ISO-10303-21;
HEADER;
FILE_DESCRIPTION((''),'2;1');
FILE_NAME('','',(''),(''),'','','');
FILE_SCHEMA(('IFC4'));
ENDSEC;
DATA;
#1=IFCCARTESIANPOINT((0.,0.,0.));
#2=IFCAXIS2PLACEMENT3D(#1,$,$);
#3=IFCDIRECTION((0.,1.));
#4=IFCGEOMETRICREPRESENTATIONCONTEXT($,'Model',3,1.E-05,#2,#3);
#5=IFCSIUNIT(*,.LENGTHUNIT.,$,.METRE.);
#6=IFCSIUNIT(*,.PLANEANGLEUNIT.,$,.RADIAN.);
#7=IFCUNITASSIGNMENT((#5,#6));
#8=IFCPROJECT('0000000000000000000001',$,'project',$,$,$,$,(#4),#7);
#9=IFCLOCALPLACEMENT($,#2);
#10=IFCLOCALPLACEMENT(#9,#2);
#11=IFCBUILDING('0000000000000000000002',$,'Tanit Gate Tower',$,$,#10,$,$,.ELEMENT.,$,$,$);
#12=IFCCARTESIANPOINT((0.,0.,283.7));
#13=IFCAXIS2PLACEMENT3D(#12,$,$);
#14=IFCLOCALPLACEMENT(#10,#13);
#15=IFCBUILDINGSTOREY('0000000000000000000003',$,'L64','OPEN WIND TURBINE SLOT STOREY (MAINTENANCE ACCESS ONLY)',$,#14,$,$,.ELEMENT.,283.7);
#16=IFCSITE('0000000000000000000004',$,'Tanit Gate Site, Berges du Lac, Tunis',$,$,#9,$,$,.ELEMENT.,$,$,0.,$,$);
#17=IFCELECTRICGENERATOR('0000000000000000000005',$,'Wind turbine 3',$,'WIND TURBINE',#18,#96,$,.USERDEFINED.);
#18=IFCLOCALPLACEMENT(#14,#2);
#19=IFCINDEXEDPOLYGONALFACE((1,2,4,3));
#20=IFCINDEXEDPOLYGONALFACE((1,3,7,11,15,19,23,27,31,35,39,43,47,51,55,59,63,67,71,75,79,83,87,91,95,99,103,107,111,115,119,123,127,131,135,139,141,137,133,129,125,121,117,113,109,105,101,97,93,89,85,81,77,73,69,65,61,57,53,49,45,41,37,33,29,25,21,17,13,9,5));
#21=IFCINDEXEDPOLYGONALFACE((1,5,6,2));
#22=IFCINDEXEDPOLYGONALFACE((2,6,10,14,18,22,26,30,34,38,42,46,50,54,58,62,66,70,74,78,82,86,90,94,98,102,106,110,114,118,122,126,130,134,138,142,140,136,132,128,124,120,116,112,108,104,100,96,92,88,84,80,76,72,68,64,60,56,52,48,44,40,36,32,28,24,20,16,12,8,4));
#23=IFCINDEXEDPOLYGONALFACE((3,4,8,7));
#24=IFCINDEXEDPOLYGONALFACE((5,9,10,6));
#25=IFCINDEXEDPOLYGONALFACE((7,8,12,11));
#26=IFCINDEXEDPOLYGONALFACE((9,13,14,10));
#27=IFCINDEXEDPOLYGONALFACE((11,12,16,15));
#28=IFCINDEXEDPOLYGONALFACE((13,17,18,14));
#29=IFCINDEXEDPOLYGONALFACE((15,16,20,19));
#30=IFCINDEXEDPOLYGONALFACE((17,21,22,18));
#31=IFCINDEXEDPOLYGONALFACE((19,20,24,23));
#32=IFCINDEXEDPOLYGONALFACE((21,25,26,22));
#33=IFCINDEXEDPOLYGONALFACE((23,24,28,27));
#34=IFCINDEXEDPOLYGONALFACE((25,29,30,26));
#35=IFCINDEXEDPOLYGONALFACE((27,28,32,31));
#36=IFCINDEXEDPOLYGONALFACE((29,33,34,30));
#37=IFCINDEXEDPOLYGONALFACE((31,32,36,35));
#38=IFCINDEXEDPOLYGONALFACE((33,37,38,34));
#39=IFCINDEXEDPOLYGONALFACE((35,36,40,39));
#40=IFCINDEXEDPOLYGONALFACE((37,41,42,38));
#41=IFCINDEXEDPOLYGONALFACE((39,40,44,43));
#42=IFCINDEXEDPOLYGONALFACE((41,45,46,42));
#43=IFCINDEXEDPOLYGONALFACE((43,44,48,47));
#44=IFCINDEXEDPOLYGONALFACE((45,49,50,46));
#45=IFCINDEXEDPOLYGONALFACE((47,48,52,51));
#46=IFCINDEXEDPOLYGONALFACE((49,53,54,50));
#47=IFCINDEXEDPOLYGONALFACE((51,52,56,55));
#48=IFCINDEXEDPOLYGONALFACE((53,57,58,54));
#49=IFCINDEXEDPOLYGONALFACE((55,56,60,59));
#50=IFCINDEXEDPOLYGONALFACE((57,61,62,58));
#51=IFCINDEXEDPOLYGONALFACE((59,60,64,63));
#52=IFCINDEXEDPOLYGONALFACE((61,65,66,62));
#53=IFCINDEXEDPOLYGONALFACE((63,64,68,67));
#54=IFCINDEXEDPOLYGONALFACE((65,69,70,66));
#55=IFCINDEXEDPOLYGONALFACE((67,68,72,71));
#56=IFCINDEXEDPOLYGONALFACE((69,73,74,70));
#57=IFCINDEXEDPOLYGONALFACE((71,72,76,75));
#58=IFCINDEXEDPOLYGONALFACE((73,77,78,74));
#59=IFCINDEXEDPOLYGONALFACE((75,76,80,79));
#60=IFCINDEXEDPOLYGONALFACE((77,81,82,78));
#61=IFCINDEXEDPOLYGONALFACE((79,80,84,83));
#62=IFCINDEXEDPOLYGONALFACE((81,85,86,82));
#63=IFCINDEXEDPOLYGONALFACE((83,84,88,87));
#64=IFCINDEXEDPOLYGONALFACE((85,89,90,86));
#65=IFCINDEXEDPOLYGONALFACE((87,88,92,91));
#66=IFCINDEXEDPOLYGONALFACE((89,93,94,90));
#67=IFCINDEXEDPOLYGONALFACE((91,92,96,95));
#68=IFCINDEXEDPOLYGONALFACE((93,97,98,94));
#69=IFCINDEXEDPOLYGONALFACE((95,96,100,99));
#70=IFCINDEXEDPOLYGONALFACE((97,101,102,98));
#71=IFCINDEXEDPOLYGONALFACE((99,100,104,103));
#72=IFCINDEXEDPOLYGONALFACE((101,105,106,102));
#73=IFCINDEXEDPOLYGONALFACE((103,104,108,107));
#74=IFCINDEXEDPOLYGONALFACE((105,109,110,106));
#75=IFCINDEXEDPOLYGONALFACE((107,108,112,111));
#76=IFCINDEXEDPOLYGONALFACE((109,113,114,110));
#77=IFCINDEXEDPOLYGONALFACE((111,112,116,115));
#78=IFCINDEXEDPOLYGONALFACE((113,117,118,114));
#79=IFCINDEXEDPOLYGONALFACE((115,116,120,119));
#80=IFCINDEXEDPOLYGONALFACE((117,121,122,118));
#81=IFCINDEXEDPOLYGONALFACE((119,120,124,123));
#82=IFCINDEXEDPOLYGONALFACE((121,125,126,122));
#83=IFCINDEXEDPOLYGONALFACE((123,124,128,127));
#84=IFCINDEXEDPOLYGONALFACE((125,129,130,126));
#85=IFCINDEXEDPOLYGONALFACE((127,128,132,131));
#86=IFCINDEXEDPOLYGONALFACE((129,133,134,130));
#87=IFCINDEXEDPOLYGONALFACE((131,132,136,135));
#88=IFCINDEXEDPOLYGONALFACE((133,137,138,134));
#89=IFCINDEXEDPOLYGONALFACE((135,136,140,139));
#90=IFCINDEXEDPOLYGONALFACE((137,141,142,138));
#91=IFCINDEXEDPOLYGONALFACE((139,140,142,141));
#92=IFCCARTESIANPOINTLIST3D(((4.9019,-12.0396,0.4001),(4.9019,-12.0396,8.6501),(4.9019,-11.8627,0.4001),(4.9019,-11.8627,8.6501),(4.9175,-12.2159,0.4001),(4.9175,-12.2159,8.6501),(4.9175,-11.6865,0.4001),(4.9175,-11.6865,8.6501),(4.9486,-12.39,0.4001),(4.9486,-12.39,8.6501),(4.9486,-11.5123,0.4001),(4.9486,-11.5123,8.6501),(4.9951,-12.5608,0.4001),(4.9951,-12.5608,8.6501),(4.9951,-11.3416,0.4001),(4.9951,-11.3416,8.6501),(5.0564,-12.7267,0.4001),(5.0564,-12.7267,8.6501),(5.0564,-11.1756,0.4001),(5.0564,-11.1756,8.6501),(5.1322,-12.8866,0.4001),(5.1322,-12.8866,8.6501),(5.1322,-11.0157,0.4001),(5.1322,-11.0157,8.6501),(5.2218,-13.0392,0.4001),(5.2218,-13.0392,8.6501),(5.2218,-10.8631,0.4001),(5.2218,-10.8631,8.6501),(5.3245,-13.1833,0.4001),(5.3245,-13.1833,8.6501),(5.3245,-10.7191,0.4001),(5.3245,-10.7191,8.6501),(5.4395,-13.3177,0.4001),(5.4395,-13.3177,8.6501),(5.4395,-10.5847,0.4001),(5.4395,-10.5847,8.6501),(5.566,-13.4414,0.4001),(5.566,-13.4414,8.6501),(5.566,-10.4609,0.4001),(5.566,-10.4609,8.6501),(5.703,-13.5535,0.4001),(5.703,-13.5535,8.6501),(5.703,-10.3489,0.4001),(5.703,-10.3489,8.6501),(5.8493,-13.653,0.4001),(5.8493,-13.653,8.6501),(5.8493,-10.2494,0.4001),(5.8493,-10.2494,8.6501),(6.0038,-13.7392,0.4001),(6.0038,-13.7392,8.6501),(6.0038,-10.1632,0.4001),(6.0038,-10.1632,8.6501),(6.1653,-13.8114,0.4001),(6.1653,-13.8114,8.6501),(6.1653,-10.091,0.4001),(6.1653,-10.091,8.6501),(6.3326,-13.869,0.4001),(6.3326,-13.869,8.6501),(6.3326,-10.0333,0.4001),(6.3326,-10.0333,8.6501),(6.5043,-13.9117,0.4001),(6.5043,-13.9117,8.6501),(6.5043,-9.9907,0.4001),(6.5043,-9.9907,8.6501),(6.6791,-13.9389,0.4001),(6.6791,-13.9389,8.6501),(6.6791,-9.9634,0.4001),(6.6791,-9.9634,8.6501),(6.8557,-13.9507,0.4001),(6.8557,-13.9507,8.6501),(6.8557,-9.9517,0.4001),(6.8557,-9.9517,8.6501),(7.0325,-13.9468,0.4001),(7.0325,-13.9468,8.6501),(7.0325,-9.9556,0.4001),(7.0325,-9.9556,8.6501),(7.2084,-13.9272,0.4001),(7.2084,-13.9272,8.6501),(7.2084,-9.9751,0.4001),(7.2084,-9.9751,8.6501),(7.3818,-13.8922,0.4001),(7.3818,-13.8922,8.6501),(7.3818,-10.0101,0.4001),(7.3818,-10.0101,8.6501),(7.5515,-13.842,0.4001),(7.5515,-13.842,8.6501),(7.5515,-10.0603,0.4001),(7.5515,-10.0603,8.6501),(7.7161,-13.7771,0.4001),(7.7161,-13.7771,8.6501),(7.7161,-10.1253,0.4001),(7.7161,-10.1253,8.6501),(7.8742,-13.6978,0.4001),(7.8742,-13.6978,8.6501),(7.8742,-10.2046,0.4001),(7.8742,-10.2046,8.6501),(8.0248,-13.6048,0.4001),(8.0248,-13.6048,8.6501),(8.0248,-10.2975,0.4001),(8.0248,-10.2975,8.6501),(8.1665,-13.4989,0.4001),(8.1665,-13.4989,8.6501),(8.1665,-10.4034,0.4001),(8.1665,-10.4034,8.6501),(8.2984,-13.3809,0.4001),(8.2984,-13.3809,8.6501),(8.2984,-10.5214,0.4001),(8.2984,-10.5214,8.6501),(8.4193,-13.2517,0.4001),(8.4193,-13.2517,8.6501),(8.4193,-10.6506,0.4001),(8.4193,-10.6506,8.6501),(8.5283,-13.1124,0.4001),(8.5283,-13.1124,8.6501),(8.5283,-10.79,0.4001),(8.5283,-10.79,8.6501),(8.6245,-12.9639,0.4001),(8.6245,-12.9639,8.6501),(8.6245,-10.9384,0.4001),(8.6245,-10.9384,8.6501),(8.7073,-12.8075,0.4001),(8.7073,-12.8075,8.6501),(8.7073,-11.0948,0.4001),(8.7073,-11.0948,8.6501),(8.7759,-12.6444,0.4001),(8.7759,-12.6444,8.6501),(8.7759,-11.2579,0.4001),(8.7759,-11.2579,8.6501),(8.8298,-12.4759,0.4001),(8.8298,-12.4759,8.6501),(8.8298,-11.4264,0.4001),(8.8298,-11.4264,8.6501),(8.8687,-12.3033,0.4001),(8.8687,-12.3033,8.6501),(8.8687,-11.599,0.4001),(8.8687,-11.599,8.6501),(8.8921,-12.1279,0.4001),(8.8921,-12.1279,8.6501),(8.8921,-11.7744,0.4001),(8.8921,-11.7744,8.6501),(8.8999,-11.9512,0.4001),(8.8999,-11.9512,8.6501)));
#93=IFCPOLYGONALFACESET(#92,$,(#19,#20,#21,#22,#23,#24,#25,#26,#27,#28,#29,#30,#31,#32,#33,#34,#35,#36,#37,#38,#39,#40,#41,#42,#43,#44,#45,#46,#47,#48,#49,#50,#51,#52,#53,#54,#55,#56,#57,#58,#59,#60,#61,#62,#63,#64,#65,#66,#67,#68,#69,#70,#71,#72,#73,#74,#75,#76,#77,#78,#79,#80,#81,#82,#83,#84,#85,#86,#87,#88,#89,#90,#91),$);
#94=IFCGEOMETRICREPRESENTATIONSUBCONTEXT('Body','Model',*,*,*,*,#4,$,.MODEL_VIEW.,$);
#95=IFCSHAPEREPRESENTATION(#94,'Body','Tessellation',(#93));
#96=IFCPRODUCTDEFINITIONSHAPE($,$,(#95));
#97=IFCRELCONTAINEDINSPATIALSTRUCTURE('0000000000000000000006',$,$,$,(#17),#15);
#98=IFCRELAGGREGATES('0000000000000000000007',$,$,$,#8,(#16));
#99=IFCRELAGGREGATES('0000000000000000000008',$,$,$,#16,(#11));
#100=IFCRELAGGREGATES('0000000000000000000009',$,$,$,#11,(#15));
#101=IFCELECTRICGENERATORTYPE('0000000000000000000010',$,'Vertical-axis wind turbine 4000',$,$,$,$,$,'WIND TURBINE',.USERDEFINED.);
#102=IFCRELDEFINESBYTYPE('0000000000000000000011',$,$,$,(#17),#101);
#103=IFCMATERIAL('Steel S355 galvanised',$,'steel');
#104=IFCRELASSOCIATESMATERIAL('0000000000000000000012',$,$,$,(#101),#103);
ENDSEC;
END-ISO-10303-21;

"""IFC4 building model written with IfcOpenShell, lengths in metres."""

from ifc_helpers import new_model, si_unit, direction, frame, origin, origin_2d, place, context, subcontext, project, spatial, circle, extrude, material, material_profile, profile_set, type_object, element, save


model = new_model("IFC4")

# Units and contexts
model_context = context("Model", 3, precision=1e-05, world=origin(), true_north=direction((0.0, 1.0)))
body_context = subcontext(model_context, "Body", "Model", "MODEL_VIEW")
ifc_project = project(units=[si_unit("LENGTHUNIT", "METRE"), si_unit("PLANEANGLEUNIT", "RADIAN")], contexts=[model_context])

# Site, building, storey
site_placement = place(None, origin())
site = spatial("IfcSite", under=ifc_project, at=site_placement, Name="Tanit Gate Site, Berges du Lac, Tunis", CompositionType="ELEMENT", RefElevation=0.0)
building_placement = place(site_placement, origin())
building = spatial("IfcBuilding", under=site, at=building_placement, Name="Tanit Gate Tower", CompositionType="ELEMENT")
storey_placement = place(building_placement, frame((0.0, 0.0, 283.7)))
storey = spatial("IfcBuildingStorey", under=building, at=storey_placement, Name="L64", Description="OPEN WIND TURBINE SLOT STOREY (MAINTENANCE ACCESS ONLY)", CompositionType="ELEMENT", Elevation=283.7)

# Electric generator
ifc_material_1 = material(Name="Steel S355 galvanised", Category="steel")
ifc_material_profile_1 = material_profile(ifc_material_1, circle(Radius=2.0, at=origin_2d()), Name="4000 turbine rotor")
ifc_profile_set_1 = profile_set([ifc_material_profile_1], Name="Steel S355 galvanised")
electric_generator_type = type_object("IfcElectricGeneratorType", Name="Vertical-axis wind turbine 4000", ElementType="WIND TURBINE", PredefinedType="USERDEFINED", material=ifc_profile_set_1)
electric_generator_placement = place(storey_placement, frame((6.8999, -11.9512, 0.4001), z_axis=(0.0, 0.0, 1.0), x_axis=(1.0, 0.0, 0.0)))
element("IfcElectricGenerator", 1, at=electric_generator_placement, inside=storey, type_object=electric_generator_type, Name="Wind turbine 3", ObjectType="WIND TURBINE", PredefinedType="USERDEFINED", context=body_context, shape_type="SweptSolid", body=[
    extrude(circle(Radius=2.0, at=origin_2d()), origin(), (0.0, 0.0, 1.0), 8.25),
])

save(model, "model.ifc")
